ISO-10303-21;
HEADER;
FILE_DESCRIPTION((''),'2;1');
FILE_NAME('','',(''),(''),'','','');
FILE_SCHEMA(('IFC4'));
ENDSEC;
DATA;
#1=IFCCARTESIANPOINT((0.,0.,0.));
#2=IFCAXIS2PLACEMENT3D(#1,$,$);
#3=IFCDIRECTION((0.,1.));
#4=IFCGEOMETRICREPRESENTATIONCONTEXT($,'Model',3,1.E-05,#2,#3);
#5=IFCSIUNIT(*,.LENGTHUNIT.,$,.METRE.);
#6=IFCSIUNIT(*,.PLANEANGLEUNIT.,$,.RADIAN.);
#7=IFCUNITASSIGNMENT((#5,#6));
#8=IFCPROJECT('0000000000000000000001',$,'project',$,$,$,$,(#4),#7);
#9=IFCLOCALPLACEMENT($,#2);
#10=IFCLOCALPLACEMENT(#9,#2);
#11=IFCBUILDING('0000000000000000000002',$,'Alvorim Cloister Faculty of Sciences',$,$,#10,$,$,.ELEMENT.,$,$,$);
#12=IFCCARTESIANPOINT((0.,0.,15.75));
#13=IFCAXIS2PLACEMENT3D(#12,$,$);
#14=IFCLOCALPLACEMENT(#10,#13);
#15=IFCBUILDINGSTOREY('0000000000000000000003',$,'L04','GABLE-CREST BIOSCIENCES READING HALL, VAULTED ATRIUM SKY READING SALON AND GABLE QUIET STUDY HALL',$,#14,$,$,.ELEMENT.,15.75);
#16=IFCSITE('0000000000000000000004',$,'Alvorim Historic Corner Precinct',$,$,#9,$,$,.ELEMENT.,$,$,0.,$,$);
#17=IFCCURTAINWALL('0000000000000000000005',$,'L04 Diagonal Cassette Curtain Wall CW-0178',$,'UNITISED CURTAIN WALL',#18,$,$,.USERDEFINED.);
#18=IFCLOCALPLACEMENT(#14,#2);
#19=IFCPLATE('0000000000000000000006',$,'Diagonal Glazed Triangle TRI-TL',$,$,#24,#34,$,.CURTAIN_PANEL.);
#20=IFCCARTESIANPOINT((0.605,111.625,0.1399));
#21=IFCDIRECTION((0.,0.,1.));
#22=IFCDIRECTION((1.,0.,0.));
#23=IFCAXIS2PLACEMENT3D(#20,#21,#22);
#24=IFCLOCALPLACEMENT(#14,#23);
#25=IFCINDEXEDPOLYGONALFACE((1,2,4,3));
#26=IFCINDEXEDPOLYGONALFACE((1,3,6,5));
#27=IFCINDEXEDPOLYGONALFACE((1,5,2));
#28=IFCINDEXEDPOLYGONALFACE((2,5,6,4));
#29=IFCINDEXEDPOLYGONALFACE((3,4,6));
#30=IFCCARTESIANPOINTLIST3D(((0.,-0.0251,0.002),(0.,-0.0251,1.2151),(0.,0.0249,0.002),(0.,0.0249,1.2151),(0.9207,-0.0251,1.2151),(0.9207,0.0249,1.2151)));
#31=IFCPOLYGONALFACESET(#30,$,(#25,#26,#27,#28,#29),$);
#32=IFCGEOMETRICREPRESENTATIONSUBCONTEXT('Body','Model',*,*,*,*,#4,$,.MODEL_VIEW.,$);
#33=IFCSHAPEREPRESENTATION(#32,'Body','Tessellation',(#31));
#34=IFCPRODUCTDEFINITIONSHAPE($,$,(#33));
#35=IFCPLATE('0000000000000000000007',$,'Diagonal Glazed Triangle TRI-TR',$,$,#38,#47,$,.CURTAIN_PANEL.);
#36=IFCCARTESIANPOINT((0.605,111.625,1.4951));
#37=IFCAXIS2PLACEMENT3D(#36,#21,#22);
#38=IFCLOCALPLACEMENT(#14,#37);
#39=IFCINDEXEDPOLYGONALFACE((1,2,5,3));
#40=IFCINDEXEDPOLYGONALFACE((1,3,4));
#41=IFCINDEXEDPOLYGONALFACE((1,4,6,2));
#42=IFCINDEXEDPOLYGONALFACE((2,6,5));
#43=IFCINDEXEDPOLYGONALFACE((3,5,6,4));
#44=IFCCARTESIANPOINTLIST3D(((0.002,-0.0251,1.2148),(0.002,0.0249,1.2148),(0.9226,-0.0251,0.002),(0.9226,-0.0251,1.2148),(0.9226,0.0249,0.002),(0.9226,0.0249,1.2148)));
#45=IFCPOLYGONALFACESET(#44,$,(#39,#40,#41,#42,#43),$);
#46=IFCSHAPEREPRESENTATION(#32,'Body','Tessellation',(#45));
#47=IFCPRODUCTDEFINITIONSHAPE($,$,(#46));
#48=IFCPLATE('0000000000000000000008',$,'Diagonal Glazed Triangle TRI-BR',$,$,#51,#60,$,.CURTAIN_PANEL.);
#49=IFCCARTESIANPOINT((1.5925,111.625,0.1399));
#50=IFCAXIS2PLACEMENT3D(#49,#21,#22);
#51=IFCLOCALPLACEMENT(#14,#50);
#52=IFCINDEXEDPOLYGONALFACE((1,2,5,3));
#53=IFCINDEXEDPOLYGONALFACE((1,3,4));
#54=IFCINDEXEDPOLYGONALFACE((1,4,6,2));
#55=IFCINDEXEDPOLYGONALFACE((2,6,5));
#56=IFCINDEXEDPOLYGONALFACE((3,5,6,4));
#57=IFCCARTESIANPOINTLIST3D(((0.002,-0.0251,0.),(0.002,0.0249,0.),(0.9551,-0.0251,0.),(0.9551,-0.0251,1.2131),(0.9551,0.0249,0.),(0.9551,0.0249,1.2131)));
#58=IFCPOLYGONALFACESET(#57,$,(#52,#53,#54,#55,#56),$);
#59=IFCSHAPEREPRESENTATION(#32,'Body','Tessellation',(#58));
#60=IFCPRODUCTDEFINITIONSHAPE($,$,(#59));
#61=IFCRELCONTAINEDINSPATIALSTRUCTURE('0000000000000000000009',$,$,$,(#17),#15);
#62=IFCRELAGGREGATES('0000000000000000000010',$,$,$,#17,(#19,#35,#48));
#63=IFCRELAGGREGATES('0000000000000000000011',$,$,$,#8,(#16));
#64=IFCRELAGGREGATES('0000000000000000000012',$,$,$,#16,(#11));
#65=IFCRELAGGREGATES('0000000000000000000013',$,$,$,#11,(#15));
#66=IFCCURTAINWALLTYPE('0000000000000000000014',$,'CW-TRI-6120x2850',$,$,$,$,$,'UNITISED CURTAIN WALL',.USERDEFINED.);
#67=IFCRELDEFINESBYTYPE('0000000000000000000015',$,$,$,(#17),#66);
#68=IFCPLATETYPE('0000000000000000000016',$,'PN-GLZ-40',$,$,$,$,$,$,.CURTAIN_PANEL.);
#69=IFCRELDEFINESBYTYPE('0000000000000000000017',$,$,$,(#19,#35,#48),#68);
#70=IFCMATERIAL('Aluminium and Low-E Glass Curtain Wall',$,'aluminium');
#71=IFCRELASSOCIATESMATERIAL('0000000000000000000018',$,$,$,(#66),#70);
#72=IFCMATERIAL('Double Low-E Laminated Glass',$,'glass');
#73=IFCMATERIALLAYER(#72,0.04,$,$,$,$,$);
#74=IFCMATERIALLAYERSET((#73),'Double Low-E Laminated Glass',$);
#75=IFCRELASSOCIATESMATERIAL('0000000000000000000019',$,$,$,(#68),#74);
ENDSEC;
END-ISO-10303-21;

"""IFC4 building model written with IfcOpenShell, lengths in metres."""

from ifc_helpers import new_model, si_unit, direction, frame, origin, place, context, subcontext, project, spatial, polyline, outline, extrude, material, layer, layer_set, type_object, element, aggregate, save


model = new_model("IFC4")

# Units and contexts
model_context = context("Model", 3, precision=1e-05, world=origin(), true_north=direction((0.0, 1.0)))
body_context = subcontext(model_context, "Body", "Model", "MODEL_VIEW")
ifc_project = project(units=[si_unit("LENGTHUNIT", "METRE"), si_unit("PLANEANGLEUNIT", "RADIAN")], contexts=[model_context])

# Site, building, storey
site_placement = place(None, origin())
site = spatial("IfcSite", under=ifc_project, at=site_placement, Name="Alvorim Historic Corner Precinct", CompositionType="ELEMENT", RefElevation=0.0)
building_placement = place(site_placement, origin())
building = spatial("IfcBuilding", under=site, at=building_placement, Name="Alvorim Cloister Faculty of Sciences", CompositionType="ELEMENT")
storey_placement = place(building_placement, frame((0.0, 0.0, 15.75)))
storey = spatial("IfcBuildingStorey", under=building, at=storey_placement, Name="L04", Description="GABLE-CREST BIOSCIENCES READING HALL, VAULTED ATRIUM SKY READING SALON AND GABLE QUIET STUDY HALL", CompositionType="ELEMENT", Elevation=15.75)

# Shared definitions
ifc_material_1 = material(Name="Aluminium and Low-E Glass Curtain Wall", Category="aluminium")

# Curtain wall
curtain_wall_type_1 = type_object("IfcCurtainWallType", Name="CW-TRI-6120x2850", ElementType="UNITISED CURTAIN WALL", PredefinedType="USERDEFINED", material=ifc_material_1)
curtain_wall_1_placement = place(storey_placement, origin())
curtain_wall_1 = element("IfcCurtainWall", 1, at=curtain_wall_1_placement, inside=storey, type_object=curtain_wall_type_1, Name="L04 Diagonal Cassette Curtain Wall CW-0178", ObjectType="UNITISED CURTAIN WALL", PredefinedType="USERDEFINED")

# Plates
ifc_material_2 = material(Name="Double Low-E Laminated Glass", Category="glass")
ifc_layer_1 = layer(ifc_material_2, 0.04)
ifc_layer_set_1 = layer_set([ifc_layer_1], Name="Double Low-E Laminated Glass")
plate_type = type_object("IfcPlateType", Name="PN-GLZ-40", PredefinedType="CURTAIN_PANEL", material=ifc_layer_set_1)
plate_1_placement = place(storey_placement, frame((0.605, 111.625, 0.1399), z_axis=(0.0, 0.0, 1.0), x_axis=(1.0, 0.0, 0.0)))
plate_1 = element("IfcPlate", 2, at=plate_1_placement, type_object=plate_type, Name="Diagonal Glazed Triangle TRI-TL", PredefinedType="CURTAIN_PANEL", context=body_context, shape_type="SweptSolid", body=[
    extrude(outline(polyline([(0.9207, 1.2151), (0.0, 1.2151), (0.0, 0.002), (0.9207, 1.2151)])), frame((0.0, 0.0249, 0.0), z_axis=(0.0, -1.0, 0.0), x_axis=(1.0, 0.0, 0.0)), (0.0, 0.0, 1.0), 0.05),
])
plate_2_placement = place(storey_placement, frame((0.605, 111.625, 1.4951), z_axis=(0.0, 0.0, 1.0), x_axis=(1.0, 0.0, 0.0)))
plate_2 = element("IfcPlate", 3, at=plate_2_placement, type_object=plate_type, Name="Diagonal Glazed Triangle TRI-TR", PredefinedType="CURTAIN_PANEL", context=body_context, shape_type="SweptSolid", body=[
    extrude(outline(polyline([(0.9226, 0.002), (0.9226, 1.2148), (0.002, 1.2148), (0.9226, 0.002)])), frame((0.0, 0.0249, 0.0), z_axis=(0.0, -1.0, 0.0), x_axis=(1.0, 0.0, 0.0)), (0.0, 0.0, 1.0), 0.05),
])
plate_3_placement = place(storey_placement, frame((1.5925, 111.625, 0.1399), z_axis=(0.0, 0.0, 1.0), x_axis=(1.0, 0.0, 0.0)))
plate_3 = element("IfcPlate", 4, at=plate_3_placement, type_object=plate_type, Name="Diagonal Glazed Triangle TRI-BR", PredefinedType="CURTAIN_PANEL", context=body_context, shape_type="SweptSolid", body=[
    extrude(outline(polyline([(0.002, 0.0), (0.9551, 0.0), (0.9551, 1.2131), (0.002, 0.0)])), frame((0.0, 0.0249, 0.0), z_axis=(0.0, -1.0, 0.0), x_axis=(1.0, 0.0, 0.0)), (0.0, 0.0, 1.0), 0.05),
])
aggregate(curtain_wall_1, [plate_1, plate_2, plate_3])

save(model, "model.ifc")
